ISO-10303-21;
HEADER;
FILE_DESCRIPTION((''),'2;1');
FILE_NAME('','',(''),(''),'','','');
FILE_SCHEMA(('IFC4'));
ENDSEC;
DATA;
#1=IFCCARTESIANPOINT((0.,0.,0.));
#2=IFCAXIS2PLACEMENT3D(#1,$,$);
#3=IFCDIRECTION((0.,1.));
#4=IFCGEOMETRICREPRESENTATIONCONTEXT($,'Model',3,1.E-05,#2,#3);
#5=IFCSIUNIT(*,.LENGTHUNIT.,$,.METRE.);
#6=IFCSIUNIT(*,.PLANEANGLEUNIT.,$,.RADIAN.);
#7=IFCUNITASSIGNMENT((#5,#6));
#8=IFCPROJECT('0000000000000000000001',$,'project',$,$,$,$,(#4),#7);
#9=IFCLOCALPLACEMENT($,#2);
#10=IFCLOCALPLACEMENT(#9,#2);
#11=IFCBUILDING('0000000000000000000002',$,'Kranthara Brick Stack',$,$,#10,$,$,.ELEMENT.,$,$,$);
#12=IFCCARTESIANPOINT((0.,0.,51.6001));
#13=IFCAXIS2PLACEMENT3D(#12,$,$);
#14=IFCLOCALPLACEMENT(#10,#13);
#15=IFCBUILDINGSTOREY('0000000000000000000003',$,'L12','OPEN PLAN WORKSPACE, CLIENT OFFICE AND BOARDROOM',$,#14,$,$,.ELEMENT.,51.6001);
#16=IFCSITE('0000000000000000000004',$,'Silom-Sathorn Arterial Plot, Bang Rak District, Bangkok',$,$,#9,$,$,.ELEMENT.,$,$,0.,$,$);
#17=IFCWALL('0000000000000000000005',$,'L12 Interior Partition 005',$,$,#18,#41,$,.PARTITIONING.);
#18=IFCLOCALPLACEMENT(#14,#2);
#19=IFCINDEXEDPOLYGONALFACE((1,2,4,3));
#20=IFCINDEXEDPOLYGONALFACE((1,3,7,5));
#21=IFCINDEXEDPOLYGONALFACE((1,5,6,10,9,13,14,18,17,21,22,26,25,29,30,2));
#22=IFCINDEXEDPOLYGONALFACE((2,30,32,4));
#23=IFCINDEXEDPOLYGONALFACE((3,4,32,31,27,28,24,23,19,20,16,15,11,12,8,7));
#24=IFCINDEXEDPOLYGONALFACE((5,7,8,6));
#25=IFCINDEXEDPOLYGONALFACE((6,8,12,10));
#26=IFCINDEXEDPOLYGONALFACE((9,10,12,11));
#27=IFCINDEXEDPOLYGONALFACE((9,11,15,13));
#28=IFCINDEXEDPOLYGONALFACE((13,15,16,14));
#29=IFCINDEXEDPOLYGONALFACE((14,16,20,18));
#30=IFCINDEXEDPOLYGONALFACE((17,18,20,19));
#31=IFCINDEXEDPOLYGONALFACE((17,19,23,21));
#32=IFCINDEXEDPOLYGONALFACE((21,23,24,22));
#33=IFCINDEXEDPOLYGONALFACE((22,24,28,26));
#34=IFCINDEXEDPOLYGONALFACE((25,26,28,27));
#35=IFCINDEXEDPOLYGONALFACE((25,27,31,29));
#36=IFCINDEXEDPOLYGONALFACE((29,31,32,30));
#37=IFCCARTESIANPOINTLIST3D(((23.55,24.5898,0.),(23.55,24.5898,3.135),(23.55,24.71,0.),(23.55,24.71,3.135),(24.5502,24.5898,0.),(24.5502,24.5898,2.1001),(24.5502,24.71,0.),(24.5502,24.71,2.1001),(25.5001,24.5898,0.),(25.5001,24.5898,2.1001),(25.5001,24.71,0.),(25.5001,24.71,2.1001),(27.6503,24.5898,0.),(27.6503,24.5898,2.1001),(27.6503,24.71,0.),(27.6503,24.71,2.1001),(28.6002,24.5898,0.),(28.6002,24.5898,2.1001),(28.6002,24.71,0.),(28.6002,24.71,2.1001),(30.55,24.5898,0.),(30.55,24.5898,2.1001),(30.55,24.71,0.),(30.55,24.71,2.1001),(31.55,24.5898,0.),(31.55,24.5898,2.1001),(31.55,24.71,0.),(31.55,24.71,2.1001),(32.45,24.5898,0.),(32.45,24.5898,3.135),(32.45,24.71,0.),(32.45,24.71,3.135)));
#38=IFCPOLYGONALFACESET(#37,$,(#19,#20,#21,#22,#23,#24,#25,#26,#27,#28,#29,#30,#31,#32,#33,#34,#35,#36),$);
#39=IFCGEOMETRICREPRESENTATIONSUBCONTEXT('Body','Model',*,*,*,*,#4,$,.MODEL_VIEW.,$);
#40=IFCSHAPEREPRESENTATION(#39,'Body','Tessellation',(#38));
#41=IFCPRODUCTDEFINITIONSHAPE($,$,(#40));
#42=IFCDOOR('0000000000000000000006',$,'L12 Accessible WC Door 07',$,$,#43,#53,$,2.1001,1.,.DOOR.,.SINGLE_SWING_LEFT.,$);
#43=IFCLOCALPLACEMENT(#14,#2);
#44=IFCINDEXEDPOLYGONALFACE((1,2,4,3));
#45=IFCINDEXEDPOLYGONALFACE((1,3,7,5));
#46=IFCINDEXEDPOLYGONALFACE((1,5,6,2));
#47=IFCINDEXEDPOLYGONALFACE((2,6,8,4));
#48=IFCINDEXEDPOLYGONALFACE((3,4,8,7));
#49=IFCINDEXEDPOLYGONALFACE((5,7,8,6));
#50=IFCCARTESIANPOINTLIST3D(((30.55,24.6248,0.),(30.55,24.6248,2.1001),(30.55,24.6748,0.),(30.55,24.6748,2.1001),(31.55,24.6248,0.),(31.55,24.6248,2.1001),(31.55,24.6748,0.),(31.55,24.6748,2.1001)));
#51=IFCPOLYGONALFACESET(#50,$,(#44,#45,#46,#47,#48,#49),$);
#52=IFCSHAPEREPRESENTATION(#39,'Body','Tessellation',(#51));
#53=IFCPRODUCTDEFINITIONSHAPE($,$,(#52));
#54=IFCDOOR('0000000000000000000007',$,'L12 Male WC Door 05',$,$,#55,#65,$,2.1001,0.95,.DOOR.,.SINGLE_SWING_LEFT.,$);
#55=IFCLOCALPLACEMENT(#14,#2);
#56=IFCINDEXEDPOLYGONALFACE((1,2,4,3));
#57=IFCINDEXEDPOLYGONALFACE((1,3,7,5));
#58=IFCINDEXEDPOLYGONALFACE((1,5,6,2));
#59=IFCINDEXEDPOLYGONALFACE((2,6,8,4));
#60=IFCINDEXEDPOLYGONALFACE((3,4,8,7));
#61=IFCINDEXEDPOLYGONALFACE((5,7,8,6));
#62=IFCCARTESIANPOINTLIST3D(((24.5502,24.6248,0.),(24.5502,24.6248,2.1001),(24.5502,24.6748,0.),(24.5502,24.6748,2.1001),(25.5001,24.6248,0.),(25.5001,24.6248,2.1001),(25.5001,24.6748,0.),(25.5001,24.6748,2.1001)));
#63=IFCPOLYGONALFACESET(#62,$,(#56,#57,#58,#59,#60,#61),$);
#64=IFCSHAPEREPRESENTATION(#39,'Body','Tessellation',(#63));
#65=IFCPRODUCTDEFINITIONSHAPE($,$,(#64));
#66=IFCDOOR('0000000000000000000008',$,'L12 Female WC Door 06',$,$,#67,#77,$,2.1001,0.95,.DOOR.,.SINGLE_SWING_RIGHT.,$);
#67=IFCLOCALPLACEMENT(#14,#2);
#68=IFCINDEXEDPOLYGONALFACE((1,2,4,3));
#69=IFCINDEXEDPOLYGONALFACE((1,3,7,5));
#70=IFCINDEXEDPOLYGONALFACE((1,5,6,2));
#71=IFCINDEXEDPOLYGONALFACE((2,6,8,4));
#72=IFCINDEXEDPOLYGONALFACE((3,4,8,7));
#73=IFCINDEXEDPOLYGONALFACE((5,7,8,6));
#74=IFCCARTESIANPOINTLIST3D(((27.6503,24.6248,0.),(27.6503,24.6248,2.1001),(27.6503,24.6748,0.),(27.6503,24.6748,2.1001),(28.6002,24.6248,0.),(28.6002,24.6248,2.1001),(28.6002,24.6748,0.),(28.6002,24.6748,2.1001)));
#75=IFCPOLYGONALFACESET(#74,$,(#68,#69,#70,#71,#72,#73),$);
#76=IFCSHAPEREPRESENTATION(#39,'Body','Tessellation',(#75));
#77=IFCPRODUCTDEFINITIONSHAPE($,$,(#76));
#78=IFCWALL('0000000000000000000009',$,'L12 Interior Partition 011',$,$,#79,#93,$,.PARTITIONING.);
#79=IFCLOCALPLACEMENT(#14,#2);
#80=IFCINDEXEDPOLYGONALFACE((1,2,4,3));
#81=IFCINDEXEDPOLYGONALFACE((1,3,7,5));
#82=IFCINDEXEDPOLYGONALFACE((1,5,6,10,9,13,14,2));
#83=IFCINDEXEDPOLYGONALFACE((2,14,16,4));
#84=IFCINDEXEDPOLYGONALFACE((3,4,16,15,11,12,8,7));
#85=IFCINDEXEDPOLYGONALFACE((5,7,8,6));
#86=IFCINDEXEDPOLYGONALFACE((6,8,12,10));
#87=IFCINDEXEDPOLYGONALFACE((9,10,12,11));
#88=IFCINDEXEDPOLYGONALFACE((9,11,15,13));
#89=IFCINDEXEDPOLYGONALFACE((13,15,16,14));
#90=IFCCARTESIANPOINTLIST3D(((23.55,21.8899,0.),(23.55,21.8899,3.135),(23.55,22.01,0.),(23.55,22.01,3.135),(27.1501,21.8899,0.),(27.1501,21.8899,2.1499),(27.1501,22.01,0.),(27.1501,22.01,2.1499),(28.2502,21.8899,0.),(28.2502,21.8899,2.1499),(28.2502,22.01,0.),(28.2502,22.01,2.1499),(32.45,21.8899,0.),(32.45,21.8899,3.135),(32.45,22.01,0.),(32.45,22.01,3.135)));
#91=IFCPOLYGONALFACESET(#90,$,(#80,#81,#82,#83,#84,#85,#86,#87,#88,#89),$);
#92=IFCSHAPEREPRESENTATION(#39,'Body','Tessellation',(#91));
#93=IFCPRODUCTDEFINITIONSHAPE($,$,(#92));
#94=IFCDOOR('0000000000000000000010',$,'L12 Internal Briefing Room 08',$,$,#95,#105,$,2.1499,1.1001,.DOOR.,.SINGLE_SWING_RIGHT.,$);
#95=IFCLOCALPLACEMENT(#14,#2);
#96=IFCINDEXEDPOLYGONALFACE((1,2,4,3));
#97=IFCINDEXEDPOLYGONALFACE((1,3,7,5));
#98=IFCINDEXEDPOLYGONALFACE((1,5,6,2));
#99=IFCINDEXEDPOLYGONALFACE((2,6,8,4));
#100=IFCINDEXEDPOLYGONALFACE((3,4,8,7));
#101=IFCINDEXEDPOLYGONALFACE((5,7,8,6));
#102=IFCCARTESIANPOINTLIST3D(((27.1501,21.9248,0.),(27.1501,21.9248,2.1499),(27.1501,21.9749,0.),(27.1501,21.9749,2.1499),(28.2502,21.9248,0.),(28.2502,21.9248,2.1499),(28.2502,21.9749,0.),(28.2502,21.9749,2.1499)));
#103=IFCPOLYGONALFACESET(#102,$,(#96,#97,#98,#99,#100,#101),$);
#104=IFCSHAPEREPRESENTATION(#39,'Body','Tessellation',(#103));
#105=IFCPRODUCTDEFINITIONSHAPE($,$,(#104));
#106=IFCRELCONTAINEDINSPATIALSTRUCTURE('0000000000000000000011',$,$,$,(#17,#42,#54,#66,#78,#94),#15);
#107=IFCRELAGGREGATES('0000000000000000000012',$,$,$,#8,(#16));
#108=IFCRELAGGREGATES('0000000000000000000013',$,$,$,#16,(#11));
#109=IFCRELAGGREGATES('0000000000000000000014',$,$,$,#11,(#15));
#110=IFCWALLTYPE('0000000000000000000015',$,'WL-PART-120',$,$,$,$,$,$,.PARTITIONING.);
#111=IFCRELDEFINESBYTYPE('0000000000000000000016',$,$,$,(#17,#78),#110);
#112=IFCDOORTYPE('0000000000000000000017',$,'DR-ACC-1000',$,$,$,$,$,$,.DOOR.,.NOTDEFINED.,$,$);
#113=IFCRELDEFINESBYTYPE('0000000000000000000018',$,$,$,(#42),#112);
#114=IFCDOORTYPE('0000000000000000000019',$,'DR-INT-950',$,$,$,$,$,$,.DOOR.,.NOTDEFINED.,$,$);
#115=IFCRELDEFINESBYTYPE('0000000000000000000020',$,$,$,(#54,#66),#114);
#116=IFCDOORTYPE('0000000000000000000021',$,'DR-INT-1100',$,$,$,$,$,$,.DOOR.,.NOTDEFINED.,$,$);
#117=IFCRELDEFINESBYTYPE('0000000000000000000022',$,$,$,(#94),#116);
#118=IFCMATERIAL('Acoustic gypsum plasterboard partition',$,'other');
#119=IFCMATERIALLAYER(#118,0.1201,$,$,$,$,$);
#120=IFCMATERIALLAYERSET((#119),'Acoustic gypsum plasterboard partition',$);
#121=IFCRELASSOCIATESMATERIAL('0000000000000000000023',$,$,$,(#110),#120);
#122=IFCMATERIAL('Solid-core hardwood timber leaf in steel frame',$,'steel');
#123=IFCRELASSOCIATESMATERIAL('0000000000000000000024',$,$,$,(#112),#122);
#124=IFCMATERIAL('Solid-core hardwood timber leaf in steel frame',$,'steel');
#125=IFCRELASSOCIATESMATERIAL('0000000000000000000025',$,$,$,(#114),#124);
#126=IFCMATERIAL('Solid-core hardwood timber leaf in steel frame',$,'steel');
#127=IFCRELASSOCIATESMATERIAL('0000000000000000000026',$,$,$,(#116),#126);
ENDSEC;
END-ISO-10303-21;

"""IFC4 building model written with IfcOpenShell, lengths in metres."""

from ifc_helpers import new_model, si_unit, direction, frame, frame_2d, origin, place, context, subcontext, project, spatial, rectangle, extrude, material, layer, layer_set, type_object, element, fill, save


model = new_model("IFC4")

# Units and contexts
model_context = context("Model", 3, precision=1e-05, world=origin(), true_north=direction((0.0, 1.0)))
body_context = subcontext(model_context, "Body", "Model", "MODEL_VIEW")
ifc_project = project(units=[si_unit("LENGTHUNIT", "METRE"), si_unit("PLANEANGLEUNIT", "RADIAN")], contexts=[model_context])

# Site, building, storey
site_placement = place(None, origin())
site = spatial("IfcSite", under=ifc_project, at=site_placement, Name="Silom-Sathorn Arterial Plot, Bang Rak District, Bangkok", CompositionType="ELEMENT", RefElevation=0.0)
building_placement = place(site_placement, origin())
building = spatial("IfcBuilding", under=site, at=building_placement, Name="Kranthara Brick Stack", CompositionType="ELEMENT")
storey_placement = place(building_placement, frame((0.0, 0.0, 51.6001)))
storey = spatial("IfcBuildingStorey", under=building, at=storey_placement, Name="L12", Description="OPEN PLAN WORKSPACE, CLIENT OFFICE AND BOARDROOM", CompositionType="ELEMENT", Elevation=51.6001)

# Wall, openings, doors
ifc_material_1 = material(Name="Acoustic gypsum plasterboard partition", Category="other")
ifc_layer_1 = layer(ifc_material_1, 0.1201)
ifc_layer_set_1 = layer_set([ifc_layer_1], Name="Acoustic gypsum plasterboard partition")
wall_type_1 = type_object("IfcWallType", Name="WL-PART-120", PredefinedType="PARTITIONING", material=ifc_layer_set_1)
wall_1_placement = place(storey_placement, frame((23.55, 24.6499, 0.0), z_axis=(0.0, 0.0, 1.0), x_axis=(1.0, 0.0, 0.0)))
wall_1 = element("IfcWall", 1, at=wall_1_placement, inside=storey, type_object=wall_type_1, Name="L12 Interior Partition 005", PredefinedType="PARTITIONING", context=body_context, shape_type="SweptSolid", body=[
    extrude(rectangle(XDim=8.8999, YDim=0.1201, at=frame_2d((4.45, 0.0))), origin(), (0.0, 0.0, 1.0), 3.135),
])
opening_1_placement = place(wall_1_placement, frame((1.0, 0.0, 0.0)))
opening_1 = element("IfcOpeningElement", 2, at=opening_1_placement, cuts=wall_1, PredefinedType="OPENING", context=body_context, shape_type="SweptSolid", body=[
    extrude(rectangle(XDim=0.95, YDim=2.1001, at=frame_2d((0.4751, 1.05))), frame((0.0, 0.0701, 0.0), z_axis=(0.0, -1.0, 0.0), x_axis=(1.0, 0.0, 0.0)), (0.0, 0.0, 1.0), 0.1401),
])
opening_2_placement = place(wall_1_placement, frame((4.1001, 0.0, 0.0)))
opening_2 = element("IfcOpeningElement", 3, at=opening_2_placement, cuts=wall_1, PredefinedType="OPENING", context=body_context, shape_type="SweptSolid", body=[
    extrude(rectangle(XDim=0.95, YDim=2.1001, at=frame_2d((0.4751, 1.05))), frame((0.0, 0.0701, 0.0), z_axis=(0.0, -1.0, 0.0), x_axis=(1.0, 0.0, 0.0)), (0.0, 0.0, 1.0), 0.1401),
])
opening_3_placement = place(wall_1_placement, frame((7.0, 0.0, 0.0)))
opening_3 = element("IfcOpeningElement", 4, at=opening_3_placement, cuts=wall_1, PredefinedType="OPENING", context=body_context, shape_type="SweptSolid", body=[
    extrude(rectangle(XDim=1.0, YDim=2.1001, at=frame_2d((0.5, 1.05))), frame((0.0, 0.0701, 0.0), z_axis=(0.0, -1.0, 0.0), x_axis=(1.0, 0.0, 0.0)), (0.0, 0.0, 1.0), 0.1401),
])
ifc_material_2 = material(Name="Solid-core hardwood timber leaf in steel frame", Category="steel")
door_type_1 = type_object("IfcDoorType", Name="DR-ACC-1000", OperationType="NOTDEFINED", PredefinedType="DOOR", material=ifc_material_2)
door_1_placement = place(opening_3_placement, origin())
door_1 = element("IfcDoor", 5, at=door_1_placement, inside=storey, type_object=door_type_1, Name="L12 Accessible WC Door 07", OperationType="SINGLE_SWING_LEFT", OverallHeight=2.1001, OverallWidth=1.0, PredefinedType="DOOR", context=body_context, shape_type="SweptSolid", body=[
    extrude(rectangle(XDim=1.0, YDim=2.1001, at=frame_2d((0.5, 1.05))), frame((0.0, 0.0249, 0.0), z_axis=(0.0, -1.0, 0.0), x_axis=(1.0, 0.0, 0.0)), (0.0, 0.0, 1.0), 0.05),
])
fill(opening_3, door_1)
ifc_material_3 = material(Name="Solid-core hardwood timber leaf in steel frame", Category="steel")
door_type_2 = type_object("IfcDoorType", Name="DR-INT-950", OperationType="NOTDEFINED", PredefinedType="DOOR", material=ifc_material_3)
door_2_placement = place(opening_1_placement, origin())
door_2 = element("IfcDoor", 6, at=door_2_placement, inside=storey, type_object=door_type_2, Name="L12 Male WC Door 05", OperationType="SINGLE_SWING_LEFT", OverallHeight=2.1001, OverallWidth=0.95, PredefinedType="DOOR", context=body_context, shape_type="SweptSolid", body=[
    extrude(rectangle(XDim=0.95, YDim=2.1001, at=frame_2d((0.4751, 1.05))), frame((0.0, 0.0249, 0.0), z_axis=(0.0, -1.0, 0.0), x_axis=(1.0, 0.0, 0.0)), (0.0, 0.0, 1.0), 0.05),
])
fill(opening_1, door_2)
door_3_placement = place(opening_2_placement, origin())
door_3 = element("IfcDoor", 7, at=door_3_placement, inside=storey, type_object=door_type_2, Name="L12 Female WC Door 06", OperationType="SINGLE_SWING_RIGHT", OverallHeight=2.1001, OverallWidth=0.95, PredefinedType="DOOR", context=body_context, shape_type="SweptSolid", body=[
    extrude(rectangle(XDim=0.95, YDim=2.1001, at=frame_2d((0.4751, 1.05))), frame((0.0, 0.0249, 0.0), z_axis=(0.0, -1.0, 0.0), x_axis=(1.0, 0.0, 0.0)), (0.0, 0.0, 1.0), 0.05),
])
fill(opening_2, door_3)

# Wall, opening, door
wall_2_placement = place(storey_placement, frame((23.55, 21.95, 0.0), z_axis=(0.0, 0.0, 1.0), x_axis=(1.0, 0.0, 0.0)))
wall_2 = element("IfcWall", 8, at=wall_2_placement, inside=storey, type_object=wall_type_1, Name="L12 Interior Partition 011", PredefinedType="PARTITIONING", context=body_context, shape_type="SweptSolid", body=[
    extrude(rectangle(XDim=8.8999, YDim=0.1201, at=frame_2d((4.45, 0.0))), origin(), (0.0, 0.0, 1.0), 3.135),
])
opening_4_placement = place(wall_2_placement, frame((3.6001, 0.0, 0.0)))
opening_4 = element("IfcOpeningElement", 9, at=opening_4_placement, cuts=wall_2, PredefinedType="OPENING", context=body_context, shape_type="SweptSolid", body=[
    extrude(rectangle(XDim=1.1001, YDim=2.1499, at=frame_2d((0.55, 1.075))), frame((0.0, 0.0701, 0.0), z_axis=(0.0, -1.0, 0.0), x_axis=(1.0, 0.0, 0.0)), (0.0, 0.0, 1.0), 0.1401),
])
ifc_material_4 = material(Name="Solid-core hardwood timber leaf in steel frame", Category="steel")
door_type_3 = type_object("IfcDoorType", Name="DR-INT-1100", OperationType="NOTDEFINED", PredefinedType="DOOR", material=ifc_material_4)
door_4_placement = place(opening_4_placement, origin())
door_4 = element("IfcDoor", 10, at=door_4_placement, inside=storey, type_object=door_type_3, Name="L12 Internal Briefing Room 08", OperationType="SINGLE_SWING_RIGHT", OverallHeight=2.1499, OverallWidth=1.1001, PredefinedType="DOOR", context=body_context, shape_type="SweptSolid", body=[
    extrude(rectangle(XDim=1.1001, YDim=2.1499, at=frame_2d((0.55, 1.075))), frame((0.0, 0.0249, 0.0), z_axis=(0.0, -1.0, 0.0), x_axis=(1.0, 0.0, 0.0)), (0.0, 0.0, 1.0), 0.05),
])
fill(opening_4, door_4)

save(model, "model.ifc")
